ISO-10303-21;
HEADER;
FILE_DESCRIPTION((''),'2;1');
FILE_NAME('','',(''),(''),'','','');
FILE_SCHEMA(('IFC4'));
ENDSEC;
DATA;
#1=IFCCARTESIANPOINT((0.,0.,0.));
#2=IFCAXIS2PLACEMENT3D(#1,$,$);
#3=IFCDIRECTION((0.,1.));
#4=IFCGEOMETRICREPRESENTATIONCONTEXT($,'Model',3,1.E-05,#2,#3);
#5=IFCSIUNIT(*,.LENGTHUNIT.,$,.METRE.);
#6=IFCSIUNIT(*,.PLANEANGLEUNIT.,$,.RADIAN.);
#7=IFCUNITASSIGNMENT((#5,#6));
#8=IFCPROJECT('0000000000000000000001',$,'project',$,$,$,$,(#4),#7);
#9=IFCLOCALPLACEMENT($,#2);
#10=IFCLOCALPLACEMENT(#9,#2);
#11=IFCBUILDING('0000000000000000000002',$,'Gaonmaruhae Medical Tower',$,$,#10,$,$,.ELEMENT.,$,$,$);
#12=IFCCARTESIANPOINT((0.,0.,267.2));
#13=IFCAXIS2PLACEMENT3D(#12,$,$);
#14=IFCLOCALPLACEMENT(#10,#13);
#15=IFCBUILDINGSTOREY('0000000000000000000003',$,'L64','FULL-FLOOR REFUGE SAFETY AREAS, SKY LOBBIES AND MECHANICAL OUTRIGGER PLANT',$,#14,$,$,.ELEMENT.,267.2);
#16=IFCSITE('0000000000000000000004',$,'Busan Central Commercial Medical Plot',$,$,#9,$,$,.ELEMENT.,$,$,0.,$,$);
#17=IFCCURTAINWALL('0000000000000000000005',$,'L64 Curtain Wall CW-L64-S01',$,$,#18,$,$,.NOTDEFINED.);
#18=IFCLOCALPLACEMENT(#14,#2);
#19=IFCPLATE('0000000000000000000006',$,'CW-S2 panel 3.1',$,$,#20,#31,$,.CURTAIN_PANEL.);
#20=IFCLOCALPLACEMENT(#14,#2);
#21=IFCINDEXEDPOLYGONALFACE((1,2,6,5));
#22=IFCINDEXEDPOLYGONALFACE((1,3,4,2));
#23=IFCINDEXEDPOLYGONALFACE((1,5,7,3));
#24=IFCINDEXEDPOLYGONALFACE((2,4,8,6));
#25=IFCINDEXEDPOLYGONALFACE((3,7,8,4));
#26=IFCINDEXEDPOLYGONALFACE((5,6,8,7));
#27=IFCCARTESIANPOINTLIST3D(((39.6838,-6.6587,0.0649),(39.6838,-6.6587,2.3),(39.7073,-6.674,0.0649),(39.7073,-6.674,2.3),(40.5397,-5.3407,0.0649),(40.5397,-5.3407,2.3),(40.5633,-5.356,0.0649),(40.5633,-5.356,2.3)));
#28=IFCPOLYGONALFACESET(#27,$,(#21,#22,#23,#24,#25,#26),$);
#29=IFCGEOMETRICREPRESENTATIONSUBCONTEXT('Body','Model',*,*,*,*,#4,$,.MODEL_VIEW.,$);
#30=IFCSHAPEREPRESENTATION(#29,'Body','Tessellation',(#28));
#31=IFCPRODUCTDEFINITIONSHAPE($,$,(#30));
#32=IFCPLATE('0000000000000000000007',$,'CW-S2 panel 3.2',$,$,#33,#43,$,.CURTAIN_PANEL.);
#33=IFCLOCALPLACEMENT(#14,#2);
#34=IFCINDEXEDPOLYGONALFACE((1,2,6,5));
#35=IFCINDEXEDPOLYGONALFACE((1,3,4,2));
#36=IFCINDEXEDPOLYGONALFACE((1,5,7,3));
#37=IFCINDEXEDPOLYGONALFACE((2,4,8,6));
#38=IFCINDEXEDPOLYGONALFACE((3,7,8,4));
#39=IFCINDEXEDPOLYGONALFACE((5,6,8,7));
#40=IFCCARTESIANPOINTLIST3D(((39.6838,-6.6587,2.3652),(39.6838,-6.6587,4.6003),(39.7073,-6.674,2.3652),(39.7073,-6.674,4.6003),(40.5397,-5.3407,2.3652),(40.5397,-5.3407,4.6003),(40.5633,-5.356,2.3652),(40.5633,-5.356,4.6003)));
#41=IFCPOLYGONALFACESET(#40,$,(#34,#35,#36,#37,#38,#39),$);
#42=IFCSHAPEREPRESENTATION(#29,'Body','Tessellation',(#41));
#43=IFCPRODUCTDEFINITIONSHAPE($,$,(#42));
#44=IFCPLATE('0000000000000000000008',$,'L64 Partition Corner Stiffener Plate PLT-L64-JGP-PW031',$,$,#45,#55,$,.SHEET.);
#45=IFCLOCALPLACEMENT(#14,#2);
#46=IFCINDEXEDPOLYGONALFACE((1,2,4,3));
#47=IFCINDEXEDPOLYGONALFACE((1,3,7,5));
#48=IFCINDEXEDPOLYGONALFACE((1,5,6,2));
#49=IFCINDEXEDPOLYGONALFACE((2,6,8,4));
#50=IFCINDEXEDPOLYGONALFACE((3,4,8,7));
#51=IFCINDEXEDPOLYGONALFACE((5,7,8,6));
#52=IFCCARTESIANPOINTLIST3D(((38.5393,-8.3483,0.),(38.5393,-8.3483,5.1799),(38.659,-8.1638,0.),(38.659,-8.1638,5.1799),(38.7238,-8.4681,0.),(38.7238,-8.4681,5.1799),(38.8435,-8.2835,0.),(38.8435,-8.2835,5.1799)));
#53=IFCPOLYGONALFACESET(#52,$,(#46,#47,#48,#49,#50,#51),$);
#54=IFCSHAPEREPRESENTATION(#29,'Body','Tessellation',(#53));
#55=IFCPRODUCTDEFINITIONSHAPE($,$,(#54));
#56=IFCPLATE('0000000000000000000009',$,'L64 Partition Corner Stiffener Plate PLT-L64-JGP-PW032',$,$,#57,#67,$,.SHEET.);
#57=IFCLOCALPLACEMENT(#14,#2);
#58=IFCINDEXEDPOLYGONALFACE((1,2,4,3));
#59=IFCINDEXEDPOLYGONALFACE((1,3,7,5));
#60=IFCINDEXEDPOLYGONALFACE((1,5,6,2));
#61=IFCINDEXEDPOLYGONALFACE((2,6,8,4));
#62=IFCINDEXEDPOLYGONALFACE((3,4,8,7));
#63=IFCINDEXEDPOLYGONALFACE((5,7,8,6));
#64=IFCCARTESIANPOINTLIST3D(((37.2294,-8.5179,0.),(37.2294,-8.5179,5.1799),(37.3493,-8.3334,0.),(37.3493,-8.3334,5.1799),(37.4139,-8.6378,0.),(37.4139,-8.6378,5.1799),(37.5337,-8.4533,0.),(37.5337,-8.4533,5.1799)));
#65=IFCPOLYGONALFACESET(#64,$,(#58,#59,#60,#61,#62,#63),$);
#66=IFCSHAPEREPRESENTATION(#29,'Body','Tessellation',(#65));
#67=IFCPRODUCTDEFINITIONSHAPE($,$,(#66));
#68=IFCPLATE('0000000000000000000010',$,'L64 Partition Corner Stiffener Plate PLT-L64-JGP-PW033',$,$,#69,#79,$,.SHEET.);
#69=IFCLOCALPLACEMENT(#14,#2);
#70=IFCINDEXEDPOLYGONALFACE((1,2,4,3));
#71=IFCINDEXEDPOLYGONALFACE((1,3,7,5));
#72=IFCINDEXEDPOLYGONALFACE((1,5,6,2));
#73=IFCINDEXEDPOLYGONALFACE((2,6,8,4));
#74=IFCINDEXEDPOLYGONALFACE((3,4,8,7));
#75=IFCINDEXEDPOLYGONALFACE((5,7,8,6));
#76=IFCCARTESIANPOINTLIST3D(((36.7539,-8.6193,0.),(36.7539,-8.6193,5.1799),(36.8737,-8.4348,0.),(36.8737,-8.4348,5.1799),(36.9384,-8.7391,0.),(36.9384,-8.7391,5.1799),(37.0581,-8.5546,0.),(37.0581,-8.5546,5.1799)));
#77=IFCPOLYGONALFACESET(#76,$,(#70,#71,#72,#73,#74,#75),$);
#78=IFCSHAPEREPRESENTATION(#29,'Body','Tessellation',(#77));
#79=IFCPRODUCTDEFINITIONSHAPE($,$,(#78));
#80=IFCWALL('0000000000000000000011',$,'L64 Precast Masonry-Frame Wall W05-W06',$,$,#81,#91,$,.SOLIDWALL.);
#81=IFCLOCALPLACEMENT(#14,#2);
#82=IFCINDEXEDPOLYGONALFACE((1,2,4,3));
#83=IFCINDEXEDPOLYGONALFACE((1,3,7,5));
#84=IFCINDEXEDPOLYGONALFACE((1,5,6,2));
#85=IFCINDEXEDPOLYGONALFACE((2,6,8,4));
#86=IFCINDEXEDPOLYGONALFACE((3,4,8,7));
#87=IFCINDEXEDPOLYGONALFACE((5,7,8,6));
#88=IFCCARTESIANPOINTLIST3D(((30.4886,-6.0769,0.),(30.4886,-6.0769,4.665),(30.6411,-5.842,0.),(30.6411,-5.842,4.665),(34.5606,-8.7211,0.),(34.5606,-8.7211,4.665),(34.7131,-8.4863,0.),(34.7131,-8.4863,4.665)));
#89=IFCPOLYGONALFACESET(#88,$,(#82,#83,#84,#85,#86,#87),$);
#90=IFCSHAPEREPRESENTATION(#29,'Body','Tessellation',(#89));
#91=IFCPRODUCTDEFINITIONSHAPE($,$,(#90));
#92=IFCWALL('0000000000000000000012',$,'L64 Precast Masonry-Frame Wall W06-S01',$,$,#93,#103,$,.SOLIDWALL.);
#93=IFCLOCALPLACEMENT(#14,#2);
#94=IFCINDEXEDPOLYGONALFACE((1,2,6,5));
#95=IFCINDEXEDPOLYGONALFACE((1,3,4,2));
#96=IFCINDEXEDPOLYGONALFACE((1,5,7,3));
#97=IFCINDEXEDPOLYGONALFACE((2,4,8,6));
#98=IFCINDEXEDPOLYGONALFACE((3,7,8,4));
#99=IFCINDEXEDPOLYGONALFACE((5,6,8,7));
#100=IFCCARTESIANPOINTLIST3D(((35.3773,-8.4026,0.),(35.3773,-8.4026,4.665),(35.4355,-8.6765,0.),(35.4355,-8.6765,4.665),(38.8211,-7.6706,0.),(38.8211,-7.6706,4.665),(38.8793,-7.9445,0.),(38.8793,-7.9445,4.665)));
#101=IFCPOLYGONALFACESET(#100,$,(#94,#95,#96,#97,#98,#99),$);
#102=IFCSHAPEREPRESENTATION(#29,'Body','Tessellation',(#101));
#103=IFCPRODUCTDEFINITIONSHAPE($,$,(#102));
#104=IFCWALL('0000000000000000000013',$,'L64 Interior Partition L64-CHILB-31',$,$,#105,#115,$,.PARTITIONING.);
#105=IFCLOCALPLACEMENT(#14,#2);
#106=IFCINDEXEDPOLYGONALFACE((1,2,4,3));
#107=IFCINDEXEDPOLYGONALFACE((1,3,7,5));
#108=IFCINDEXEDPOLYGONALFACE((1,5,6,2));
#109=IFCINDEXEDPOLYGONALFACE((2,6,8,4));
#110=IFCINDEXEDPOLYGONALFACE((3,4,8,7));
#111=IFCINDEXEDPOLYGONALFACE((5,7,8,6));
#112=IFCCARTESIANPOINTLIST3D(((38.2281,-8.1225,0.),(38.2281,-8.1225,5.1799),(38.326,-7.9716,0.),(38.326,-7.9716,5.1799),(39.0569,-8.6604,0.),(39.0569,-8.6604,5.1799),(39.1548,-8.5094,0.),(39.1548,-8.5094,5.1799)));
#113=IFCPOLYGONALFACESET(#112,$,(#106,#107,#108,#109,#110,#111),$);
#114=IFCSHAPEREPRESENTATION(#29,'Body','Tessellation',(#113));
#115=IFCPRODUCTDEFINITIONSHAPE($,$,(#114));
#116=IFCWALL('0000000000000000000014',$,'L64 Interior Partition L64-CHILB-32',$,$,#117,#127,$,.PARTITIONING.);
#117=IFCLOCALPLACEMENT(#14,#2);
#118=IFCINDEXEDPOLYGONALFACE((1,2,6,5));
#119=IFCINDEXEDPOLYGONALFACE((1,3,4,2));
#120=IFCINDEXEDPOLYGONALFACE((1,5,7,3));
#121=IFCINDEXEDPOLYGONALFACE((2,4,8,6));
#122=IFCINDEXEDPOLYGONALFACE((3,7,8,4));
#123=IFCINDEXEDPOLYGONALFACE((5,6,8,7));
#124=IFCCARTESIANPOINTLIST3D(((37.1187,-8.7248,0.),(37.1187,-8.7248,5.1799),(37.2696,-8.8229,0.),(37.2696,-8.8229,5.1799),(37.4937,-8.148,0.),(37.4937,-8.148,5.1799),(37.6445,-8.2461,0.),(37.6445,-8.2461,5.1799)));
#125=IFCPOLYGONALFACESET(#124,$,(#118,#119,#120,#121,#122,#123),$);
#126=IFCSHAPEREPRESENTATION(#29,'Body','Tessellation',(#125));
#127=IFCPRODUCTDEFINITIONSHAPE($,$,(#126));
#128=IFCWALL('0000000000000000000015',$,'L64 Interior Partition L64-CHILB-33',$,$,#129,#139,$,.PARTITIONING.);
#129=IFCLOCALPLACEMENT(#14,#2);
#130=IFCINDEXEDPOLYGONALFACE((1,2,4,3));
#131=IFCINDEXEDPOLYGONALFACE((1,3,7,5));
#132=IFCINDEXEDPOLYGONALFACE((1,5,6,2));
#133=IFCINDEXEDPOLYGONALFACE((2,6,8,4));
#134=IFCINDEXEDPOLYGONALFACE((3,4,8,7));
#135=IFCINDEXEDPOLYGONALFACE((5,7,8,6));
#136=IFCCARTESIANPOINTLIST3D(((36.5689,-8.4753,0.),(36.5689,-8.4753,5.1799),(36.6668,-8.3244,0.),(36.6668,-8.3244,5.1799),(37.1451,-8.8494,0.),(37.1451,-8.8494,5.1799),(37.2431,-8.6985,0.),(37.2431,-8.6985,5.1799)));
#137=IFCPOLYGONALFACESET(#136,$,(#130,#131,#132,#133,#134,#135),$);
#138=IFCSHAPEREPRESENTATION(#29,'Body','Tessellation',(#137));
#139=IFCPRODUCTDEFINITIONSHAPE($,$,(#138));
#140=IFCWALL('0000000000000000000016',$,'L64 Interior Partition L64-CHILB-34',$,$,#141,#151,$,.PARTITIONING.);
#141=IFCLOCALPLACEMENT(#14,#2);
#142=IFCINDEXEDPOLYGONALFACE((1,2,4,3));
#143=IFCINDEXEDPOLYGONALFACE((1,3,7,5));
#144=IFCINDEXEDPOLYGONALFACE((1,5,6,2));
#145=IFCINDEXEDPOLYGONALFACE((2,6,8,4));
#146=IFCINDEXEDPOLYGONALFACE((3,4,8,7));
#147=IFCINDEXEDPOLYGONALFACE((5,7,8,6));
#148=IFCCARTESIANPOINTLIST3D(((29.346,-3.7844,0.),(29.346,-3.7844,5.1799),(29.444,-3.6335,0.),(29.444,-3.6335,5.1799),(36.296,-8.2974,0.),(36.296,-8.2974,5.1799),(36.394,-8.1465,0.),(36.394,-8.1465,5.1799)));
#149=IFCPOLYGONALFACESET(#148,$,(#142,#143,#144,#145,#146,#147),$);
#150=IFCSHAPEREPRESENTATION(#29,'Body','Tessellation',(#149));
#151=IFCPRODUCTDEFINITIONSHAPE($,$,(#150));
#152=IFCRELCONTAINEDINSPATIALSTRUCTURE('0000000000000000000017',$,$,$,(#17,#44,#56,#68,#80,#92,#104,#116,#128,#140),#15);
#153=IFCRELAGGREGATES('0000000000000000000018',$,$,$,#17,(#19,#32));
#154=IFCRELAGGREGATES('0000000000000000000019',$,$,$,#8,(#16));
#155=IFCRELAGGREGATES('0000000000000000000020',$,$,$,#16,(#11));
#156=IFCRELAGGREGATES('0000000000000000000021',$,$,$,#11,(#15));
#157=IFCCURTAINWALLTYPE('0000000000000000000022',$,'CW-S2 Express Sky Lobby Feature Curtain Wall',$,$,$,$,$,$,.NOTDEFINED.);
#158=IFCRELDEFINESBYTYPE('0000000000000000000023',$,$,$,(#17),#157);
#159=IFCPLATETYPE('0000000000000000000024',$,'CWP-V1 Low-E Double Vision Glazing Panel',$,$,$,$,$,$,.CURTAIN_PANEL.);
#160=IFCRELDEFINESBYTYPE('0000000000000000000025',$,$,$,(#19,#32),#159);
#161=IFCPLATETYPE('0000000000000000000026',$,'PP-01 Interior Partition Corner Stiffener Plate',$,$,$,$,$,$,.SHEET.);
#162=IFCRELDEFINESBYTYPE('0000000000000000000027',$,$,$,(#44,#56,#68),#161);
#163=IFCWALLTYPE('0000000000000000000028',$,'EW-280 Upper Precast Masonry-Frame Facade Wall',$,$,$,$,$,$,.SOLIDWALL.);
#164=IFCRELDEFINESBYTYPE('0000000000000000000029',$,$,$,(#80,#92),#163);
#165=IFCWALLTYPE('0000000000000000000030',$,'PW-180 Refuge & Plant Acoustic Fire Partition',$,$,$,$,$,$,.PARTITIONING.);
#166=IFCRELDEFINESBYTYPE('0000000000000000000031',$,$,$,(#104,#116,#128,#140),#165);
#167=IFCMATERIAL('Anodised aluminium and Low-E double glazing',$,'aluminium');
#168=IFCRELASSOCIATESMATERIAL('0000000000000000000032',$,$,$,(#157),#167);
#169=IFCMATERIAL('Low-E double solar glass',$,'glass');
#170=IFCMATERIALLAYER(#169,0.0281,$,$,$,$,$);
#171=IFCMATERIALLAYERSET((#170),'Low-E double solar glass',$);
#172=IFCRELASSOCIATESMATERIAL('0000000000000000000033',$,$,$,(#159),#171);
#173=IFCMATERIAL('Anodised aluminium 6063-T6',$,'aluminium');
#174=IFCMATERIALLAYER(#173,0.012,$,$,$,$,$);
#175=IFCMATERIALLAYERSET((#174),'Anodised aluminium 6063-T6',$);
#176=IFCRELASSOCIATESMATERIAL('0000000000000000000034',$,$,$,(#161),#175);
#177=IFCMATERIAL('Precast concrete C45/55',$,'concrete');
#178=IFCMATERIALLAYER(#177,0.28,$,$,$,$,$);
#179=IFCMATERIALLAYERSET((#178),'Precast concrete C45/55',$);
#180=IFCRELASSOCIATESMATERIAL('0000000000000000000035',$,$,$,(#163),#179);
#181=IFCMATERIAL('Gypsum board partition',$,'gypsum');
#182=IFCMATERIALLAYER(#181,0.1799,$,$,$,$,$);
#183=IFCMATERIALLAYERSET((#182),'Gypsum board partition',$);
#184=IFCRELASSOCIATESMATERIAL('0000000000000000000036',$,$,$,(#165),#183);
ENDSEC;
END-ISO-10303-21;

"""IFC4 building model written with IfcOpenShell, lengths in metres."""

from ifc_helpers import new_model, si_unit, direction, frame, frame_2d, origin, origin_2d, place, context, subcontext, project, spatial, rectangle, extrude, material, layer, layer_set, type_object, element, aggregate, save


model = new_model("IFC4")

# Units and contexts
model_context = context("Model", 3, precision=1e-05, world=origin(), true_north=direction((0.0, 1.0)))
body_context = subcontext(model_context, "Body", "Model", "MODEL_VIEW")
ifc_project = project(units=[si_unit("LENGTHUNIT", "METRE"), si_unit("PLANEANGLEUNIT", "RADIAN")], contexts=[model_context])

# Site, building, storey
site_placement = place(None, origin())
site = spatial("IfcSite", under=ifc_project, at=site_placement, Name="Busan Central Commercial Medical Plot", CompositionType="ELEMENT", RefElevation=0.0)
building_placement = place(site_placement, origin())
building = spatial("IfcBuilding", under=site, at=building_placement, Name="Gaonmaruhae Medical Tower", CompositionType="ELEMENT")
storey_placement = place(building_placement, frame((0.0, 0.0, 267.2)))
storey = spatial("IfcBuildingStorey", under=building, at=storey_placement, Name="L64", Description="FULL-FLOOR REFUGE SAFETY AREAS, SKY LOBBIES AND MECHANICAL OUTRIGGER PLANT", CompositionType="ELEMENT", Elevation=267.2)

# Curtain wall
ifc_material_1 = material(Name="Anodised aluminium and Low-E double glazing", Category="aluminium")
curtain_wall_type = type_object("IfcCurtainWallType", Name="CW-S2 Express Sky Lobby Feature Curtain Wall", PredefinedType="NOTDEFINED", material=ifc_material_1)
curtain_wall_placement = place(storey_placement, origin())
curtain_wall = element("IfcCurtainWall", 1, at=curtain_wall_placement, inside=storey, type_object=curtain_wall_type, Name="L64 Curtain Wall CW-L64-S01", PredefinedType="NOTDEFINED")
ifc_material_2 = material(Name="Anodised aluminium 6063-T6", Category="aluminium")

# Plates
ifc_material_3 = material(Name="Low-E double solar glass", Category="glass")
ifc_layer_1 = layer(ifc_material_3, 0.0281)
ifc_layer_set_1 = layer_set([ifc_layer_1], Name="Low-E double solar glass")
plate_type_1 = type_object("IfcPlateType", Name="CWP-V1 Low-E Double Vision Glazing Panel", PredefinedType="CURTAIN_PANEL", material=ifc_layer_set_1)
plate_1_placement = place(storey_placement, frame((40.1235, -6.0073, 0.0649), z_axis=(0.0, 0.0, 1.0), x_axis=(-0.544643, -0.838668, 0.0)))
plate_1 = element("IfcPlate", 2, at=plate_1_placement, type_object=plate_type_1, Name="CW-S2 panel 3.1", PredefinedType="CURTAIN_PANEL", context=body_context, shape_type="SweptSolid", body=[
    extrude(rectangle(XDim=1.5715, YDim=0.0281, at=origin_2d()), origin(), (0.0, 0.0, 1.0), 2.2351),
])
plate_2_placement = place(storey_placement, frame((40.1235, -6.0073, 2.3652), z_axis=(0.0, 0.0, 1.0), x_axis=(-0.544643, -0.838668, 0.0)))
plate_2 = element("IfcPlate", 3, at=plate_2_placement, type_object=plate_type_1, Name="CW-S2 panel 3.2", PredefinedType="CURTAIN_PANEL", context=body_context, shape_type="SweptSolid", body=[
    extrude(rectangle(XDim=1.5715, YDim=0.0281, at=origin_2d()), origin(), (0.0, 0.0, 1.0), 2.2351),
])
aggregate(curtain_wall, [plate_1, plate_2])

# Plates
ifc_layer_2 = layer(ifc_material_2, 0.012)
ifc_layer_set_2 = layer_set([ifc_layer_2], Name="Anodised aluminium 6063-T6")
plate_type_2 = type_object("IfcPlateType", Name="PP-01 Interior Partition Corner Stiffener Plate", PredefinedType="SHEET", material=ifc_layer_set_2)
for number, where, z_axis, x_axis, name in (
    (4, (38.6914, -8.3159, 0.0), (0.0, 0.0, 1.0), (-0.838832, 0.54439, 0.0), "L64 Partition Corner Stiffener Plate PLT-L64-JGP-PW031"),
    (5, (37.3816, -8.4856, 0.0), (0.0, 0.0, 1.0), (-0.544932, -0.83848, 0.0), "L64 Partition Corner Stiffener Plate PLT-L64-JGP-PW032"),
    (6, (36.906, -8.5869, 0.0), (0.0, 0.0, 1.0), (-0.838709, 0.54458, 0.0), "L64 Partition Corner Stiffener Plate PLT-L64-JGP-PW033"),
):
    element("IfcPlate", number, at=place(storey_placement, frame(where, z_axis=z_axis, x_axis=x_axis)), inside=storey, type_object=plate_type_2, Name=name, PredefinedType="SHEET", context=body_context, shape_type="SweptSolid", body=[
        extrude(rectangle(XDim=0.22, YDim=0.22, at=origin_2d()), origin(), (0.0, 0.0, 1.0), 5.1799),
    ])

# Walls
ifc_material_4 = material(Name="Precast concrete C45/55", Category="concrete")
ifc_layer_3 = layer(ifc_material_4, 0.28)
ifc_layer_set_3 = layer_set([ifc_layer_3], Name="Precast concrete C45/55")
wall_type_1 = type_object("IfcWallType", Name="EW-280 Upper Precast Masonry-Frame Facade Wall", PredefinedType="SOLIDWALL", material=ifc_layer_set_3)
wall_1_placement = place(storey_placement, frame((34.637, -8.6038, 0.0), z_axis=(0.0, 0.0, 1.0), x_axis=(-0.838681, 0.544622, 0.0)))
element("IfcWall", 7, at=wall_1_placement, inside=storey, type_object=wall_type_1, Name="L64 Precast Masonry-Frame Wall W05-W06", PredefinedType="SOLIDWALL", context=body_context, shape_type="SweptSolid", body=[
    extrude(rectangle(XDim=4.8552, YDim=0.28, at=frame_2d((2.4277, 0.0))), origin(), (0.0, 0.0, 1.0), 4.665),
])
wall_2_placement = place(storey_placement, frame((38.8501, -7.8076, 0.0), z_axis=(0.0, 0.0, 1.0), x_axis=(-0.978152, -0.20789, 0.0)))
element("IfcWall", 8, at=wall_2_placement, inside=storey, type_object=wall_type_1, Name="L64 Precast Masonry-Frame Wall W06-S01", PredefinedType="SOLIDWALL", context=body_context, shape_type="SweptSolid", body=[
    extrude(rectangle(XDim=3.5208, YDim=0.28, at=frame_2d((1.7603, 0.0))), origin(), (0.0, 0.0, 1.0), 4.665),
])
ifc_material_5 = material(Name="Gypsum board partition", Category="gypsum")
ifc_layer_4 = layer(ifc_material_5, 0.1799)
ifc_layer_set_4 = layer_set([ifc_layer_4], Name="Gypsum board partition")
wall_type_2 = type_object("IfcWallType", Name="PW-180 Refuge & Plant Acoustic Fire Partition", PredefinedType="PARTITIONING", material=ifc_layer_set_4)
wall_3_placement = place(storey_placement, frame((39.106, -8.585, 0.0), z_axis=(0.0, 0.0, 1.0), x_axis=(-0.838867, 0.544337, 0.0)))
element("IfcWall", 9, at=wall_3_placement, inside=storey, type_object=wall_type_2, Name="L64 Interior Partition L64-CHILB-31", PredefinedType="PARTITIONING", context=body_context, shape_type="SweptSolid", body=[
    extrude(rectangle(XDim=0.988, YDim=0.1799, at=frame_2d((0.4941, 0.0))), origin(), (0.0, 0.0, 1.0), 5.1799),
])
wall_4_placement = place(storey_placement, frame((37.5691, -8.197, 0.0), z_axis=(0.0, 0.0, 1.0), x_axis=(-0.545001, -0.838436, 0.0)))
element("IfcWall", 10, at=wall_4_placement, inside=storey, type_object=wall_type_2, Name="L64 Interior Partition L64-CHILB-32", PredefinedType="PARTITIONING", context=body_context, shape_type="SweptSolid", body=[
    extrude(rectangle(XDim=0.688, YDim=0.1799, at=frame_2d((0.344, 0.0))), origin(), (0.0, 0.0, 1.0), 5.1799),
])
wall_5_placement = place(storey_placement, frame((37.1941, -8.7739, 0.0), z_axis=(0.0, 0.0, 1.0), x_axis=(-0.838768, 0.544489, 0.0)))
element("IfcWall", 11, at=wall_5_placement, inside=storey, type_object=wall_type_2, Name="L64 Interior Partition L64-CHILB-33", PredefinedType="PARTITIONING", context=body_context, shape_type="SweptSolid", body=[
    extrude(rectangle(XDim=0.687, YDim=0.1799, at=frame_2d((0.3435, 0.0))), origin(), (0.0, 0.0, 1.0), 5.1799),
])
wall_6_placement = place(storey_placement, frame((36.345, -8.2219, 0.0), z_axis=(0.0, 0.0, 1.0), x_axis=(-0.838693, 0.544604, 0.0)))
element("IfcWall", 12, at=wall_6_placement, inside=storey, type_object=wall_type_2, Name="L64 Interior Partition L64-CHILB-34", PredefinedType="PARTITIONING", context=body_context, shape_type="SweptSolid", body=[
    extrude(rectangle(XDim=8.2866, YDim=0.1799, at=frame_2d((4.1433, 0.0))), origin(), (0.0, 0.0, 1.0), 5.1799),
])

save(model, "model.ifc")
